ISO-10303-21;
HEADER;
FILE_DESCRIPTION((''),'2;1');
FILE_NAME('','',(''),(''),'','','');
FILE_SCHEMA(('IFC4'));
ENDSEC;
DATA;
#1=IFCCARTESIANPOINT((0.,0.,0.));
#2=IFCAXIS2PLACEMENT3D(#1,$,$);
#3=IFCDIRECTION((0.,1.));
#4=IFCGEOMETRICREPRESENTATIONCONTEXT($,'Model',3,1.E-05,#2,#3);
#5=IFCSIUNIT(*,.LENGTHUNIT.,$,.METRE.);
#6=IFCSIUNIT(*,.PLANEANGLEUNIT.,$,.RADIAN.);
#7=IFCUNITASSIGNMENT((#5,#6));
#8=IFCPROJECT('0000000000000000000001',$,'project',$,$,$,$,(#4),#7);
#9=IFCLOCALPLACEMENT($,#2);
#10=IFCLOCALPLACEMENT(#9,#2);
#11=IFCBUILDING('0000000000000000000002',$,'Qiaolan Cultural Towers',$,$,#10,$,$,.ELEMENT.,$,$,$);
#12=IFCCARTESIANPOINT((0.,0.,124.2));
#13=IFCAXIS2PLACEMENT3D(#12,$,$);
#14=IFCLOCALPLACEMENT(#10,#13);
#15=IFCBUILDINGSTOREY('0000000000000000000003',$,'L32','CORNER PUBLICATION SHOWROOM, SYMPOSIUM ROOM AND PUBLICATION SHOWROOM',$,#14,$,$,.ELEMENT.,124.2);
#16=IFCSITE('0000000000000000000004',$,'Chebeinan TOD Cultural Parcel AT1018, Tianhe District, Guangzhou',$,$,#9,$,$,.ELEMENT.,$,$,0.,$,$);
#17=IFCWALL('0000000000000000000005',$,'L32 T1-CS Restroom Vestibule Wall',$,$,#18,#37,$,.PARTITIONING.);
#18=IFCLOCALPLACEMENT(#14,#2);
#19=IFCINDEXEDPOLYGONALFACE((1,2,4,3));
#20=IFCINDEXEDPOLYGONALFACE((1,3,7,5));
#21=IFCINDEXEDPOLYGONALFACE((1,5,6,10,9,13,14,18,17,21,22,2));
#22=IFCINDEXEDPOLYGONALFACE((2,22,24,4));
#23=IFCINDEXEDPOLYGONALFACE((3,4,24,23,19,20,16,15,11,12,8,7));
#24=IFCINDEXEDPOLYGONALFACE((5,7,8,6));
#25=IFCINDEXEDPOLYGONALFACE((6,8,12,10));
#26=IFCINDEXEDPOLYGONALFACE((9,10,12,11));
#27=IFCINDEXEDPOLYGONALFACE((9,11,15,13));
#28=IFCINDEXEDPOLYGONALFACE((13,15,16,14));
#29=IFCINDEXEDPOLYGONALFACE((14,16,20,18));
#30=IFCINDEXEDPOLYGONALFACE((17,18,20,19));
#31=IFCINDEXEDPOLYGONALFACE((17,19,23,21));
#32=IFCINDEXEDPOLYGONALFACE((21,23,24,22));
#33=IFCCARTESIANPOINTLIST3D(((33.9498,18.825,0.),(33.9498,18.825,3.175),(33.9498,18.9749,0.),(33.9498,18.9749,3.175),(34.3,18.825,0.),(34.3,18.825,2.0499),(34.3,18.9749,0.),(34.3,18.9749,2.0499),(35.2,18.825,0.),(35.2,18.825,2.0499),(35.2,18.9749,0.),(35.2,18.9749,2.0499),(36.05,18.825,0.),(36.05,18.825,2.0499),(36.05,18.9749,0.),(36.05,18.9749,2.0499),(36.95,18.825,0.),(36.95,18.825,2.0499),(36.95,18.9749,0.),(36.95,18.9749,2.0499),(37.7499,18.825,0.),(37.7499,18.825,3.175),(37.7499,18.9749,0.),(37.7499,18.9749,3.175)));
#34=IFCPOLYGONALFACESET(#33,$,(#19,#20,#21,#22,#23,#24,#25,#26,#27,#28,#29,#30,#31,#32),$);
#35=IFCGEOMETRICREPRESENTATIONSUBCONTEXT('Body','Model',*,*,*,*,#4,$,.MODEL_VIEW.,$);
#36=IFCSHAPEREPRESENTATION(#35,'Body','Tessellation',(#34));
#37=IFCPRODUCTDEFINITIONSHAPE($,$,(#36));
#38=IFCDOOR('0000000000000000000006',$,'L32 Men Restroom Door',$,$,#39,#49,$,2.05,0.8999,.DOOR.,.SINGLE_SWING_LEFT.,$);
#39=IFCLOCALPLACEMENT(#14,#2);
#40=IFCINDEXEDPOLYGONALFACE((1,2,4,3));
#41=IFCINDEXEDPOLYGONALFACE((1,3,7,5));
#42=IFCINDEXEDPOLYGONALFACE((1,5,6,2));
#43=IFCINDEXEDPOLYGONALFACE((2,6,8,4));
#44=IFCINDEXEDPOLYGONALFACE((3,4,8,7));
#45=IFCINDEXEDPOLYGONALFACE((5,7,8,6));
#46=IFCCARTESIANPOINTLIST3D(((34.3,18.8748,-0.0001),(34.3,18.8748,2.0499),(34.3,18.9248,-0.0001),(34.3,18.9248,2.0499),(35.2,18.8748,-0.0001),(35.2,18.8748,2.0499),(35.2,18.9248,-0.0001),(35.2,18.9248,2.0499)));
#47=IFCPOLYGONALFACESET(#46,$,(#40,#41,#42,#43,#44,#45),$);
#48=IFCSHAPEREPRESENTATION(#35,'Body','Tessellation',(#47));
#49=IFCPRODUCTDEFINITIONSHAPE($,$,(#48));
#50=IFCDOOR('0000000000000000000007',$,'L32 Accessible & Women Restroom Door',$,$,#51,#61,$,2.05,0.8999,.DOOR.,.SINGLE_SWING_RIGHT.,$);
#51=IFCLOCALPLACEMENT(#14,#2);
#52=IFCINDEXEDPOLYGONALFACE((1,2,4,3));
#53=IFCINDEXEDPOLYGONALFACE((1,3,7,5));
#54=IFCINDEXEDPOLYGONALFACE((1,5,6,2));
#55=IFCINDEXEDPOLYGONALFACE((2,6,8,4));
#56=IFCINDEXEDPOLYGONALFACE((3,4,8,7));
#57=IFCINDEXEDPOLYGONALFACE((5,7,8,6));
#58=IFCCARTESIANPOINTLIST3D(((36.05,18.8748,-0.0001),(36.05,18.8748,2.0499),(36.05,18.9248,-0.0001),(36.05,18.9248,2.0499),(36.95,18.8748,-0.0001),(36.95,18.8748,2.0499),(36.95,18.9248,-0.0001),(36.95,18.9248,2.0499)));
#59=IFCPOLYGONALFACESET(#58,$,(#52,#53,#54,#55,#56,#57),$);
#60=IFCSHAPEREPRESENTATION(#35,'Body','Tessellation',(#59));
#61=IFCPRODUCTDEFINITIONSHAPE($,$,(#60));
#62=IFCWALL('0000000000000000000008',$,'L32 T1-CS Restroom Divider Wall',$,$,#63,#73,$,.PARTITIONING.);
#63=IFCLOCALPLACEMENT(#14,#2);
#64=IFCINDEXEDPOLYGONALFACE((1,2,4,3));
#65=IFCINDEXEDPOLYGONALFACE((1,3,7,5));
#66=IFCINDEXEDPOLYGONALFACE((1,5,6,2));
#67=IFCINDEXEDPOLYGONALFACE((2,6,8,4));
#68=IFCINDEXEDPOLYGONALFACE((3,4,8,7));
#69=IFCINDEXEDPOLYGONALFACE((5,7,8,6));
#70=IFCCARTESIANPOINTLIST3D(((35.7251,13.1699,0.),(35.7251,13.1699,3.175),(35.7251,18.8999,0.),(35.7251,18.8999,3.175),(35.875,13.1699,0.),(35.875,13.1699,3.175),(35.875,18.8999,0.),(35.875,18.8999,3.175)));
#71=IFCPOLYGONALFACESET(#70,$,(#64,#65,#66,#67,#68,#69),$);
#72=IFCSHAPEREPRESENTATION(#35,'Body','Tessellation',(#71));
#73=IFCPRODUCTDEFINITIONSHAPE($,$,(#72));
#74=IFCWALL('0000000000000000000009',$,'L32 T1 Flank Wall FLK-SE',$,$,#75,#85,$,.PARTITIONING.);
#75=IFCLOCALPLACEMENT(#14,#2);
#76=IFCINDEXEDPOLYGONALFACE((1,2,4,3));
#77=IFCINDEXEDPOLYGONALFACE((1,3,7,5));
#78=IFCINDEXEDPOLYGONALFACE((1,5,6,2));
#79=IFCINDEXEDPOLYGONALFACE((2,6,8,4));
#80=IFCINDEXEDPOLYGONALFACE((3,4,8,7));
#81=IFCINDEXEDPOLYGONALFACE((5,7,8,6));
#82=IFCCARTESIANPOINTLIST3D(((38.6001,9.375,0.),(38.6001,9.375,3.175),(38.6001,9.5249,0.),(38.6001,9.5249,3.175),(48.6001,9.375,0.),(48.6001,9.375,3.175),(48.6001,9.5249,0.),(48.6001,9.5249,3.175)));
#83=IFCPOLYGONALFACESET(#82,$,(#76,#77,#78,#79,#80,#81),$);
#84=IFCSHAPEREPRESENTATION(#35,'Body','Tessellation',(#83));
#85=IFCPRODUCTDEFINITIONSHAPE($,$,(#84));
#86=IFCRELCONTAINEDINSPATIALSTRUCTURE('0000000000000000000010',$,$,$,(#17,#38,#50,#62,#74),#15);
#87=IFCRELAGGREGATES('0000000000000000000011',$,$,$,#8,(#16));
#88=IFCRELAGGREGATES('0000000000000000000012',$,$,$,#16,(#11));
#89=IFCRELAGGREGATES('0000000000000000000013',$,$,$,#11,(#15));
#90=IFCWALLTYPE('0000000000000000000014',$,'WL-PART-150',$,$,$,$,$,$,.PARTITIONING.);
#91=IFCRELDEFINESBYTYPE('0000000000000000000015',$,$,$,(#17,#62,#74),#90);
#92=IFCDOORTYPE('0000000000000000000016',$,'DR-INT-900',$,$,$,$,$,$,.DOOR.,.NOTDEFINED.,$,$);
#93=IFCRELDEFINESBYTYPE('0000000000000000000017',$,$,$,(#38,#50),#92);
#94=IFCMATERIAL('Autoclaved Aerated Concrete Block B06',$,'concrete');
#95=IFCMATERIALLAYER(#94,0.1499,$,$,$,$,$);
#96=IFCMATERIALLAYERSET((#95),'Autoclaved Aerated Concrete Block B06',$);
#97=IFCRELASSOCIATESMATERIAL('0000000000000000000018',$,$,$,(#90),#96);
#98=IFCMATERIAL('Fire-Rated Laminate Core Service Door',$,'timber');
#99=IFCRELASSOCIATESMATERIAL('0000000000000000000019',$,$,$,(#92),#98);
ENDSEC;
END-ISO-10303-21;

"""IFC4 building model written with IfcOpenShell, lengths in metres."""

from ifc_helpers import new_model, si_unit, direction, frame, frame_2d, origin, place, context, subcontext, project, spatial, rectangle, extrude, material, layer, layer_set, type_object, element, fill, save


model = new_model("IFC4")

# Units and contexts
model_context = context("Model", 3, precision=1e-05, world=origin(), true_north=direction((0.0, 1.0)))
body_context = subcontext(model_context, "Body", "Model", "MODEL_VIEW")
ifc_project = project(units=[si_unit("LENGTHUNIT", "METRE"), si_unit("PLANEANGLEUNIT", "RADIAN")], contexts=[model_context])

# Site, building, storey
site_placement = place(None, origin())
site = spatial("IfcSite", under=ifc_project, at=site_placement, Name="Chebeinan TOD Cultural Parcel AT1018, Tianhe District, Guangzhou", CompositionType="ELEMENT", RefElevation=0.0)
building_placement = place(site_placement, origin())
building = spatial("IfcBuilding", under=site, at=building_placement, Name="Qiaolan Cultural Towers", CompositionType="ELEMENT")
storey_placement = place(building_placement, frame((0.0, 0.0, 124.2)))
storey = spatial("IfcBuildingStorey", under=building, at=storey_placement, Name="L32", Description="CORNER PUBLICATION SHOWROOM, SYMPOSIUM ROOM AND PUBLICATION SHOWROOM", CompositionType="ELEMENT", Elevation=124.2)

# Wall, openings, doors
ifc_material_1 = material(Name="Autoclaved Aerated Concrete Block B06", Category="concrete")
ifc_layer_1 = layer(ifc_material_1, 0.1499)
ifc_layer_set_1 = layer_set([ifc_layer_1], Name="Autoclaved Aerated Concrete Block B06")
wall_type_1 = type_object("IfcWallType", Name="WL-PART-150", PredefinedType="PARTITIONING", material=ifc_layer_set_1)
wall_1_placement = place(storey_placement, frame((33.95, 18.8999, 0.0), z_axis=(0.0, 0.0, 1.0), x_axis=(1.0, 0.0, 0.0)))
wall_1 = element("IfcWall", 1, at=wall_1_placement, inside=storey, type_object=wall_type_1, Name="L32 T1-CS Restroom Vestibule Wall", PredefinedType="PARTITIONING", context=body_context, shape_type="SweptSolid", body=[
    extrude(rectangle(XDim=3.8, YDim=0.1499, at=frame_2d((1.8999, 0.0))), origin(), (0.0, 0.0, 1.0), 3.175),
])
opening_1_placement = place(wall_1_placement, frame((0.3501, 0.0, 0.0)))
opening_1 = element("IfcOpeningElement", 2, at=opening_1_placement, cuts=wall_1, PredefinedType="OPENING", context=body_context, shape_type="SweptSolid", body=[
    extrude(rectangle(XDim=0.8999, YDim=2.05, at=frame_2d((0.45, 1.0249))), frame((0.0, 0.085, 0.0), z_axis=(0.0, -1.0, 0.0), x_axis=(1.0, 0.0, 0.0)), (0.0, 0.0, 1.0), 0.1699),
])
opening_2_placement = place(wall_1_placement, frame((2.1001, 0.0, 0.0)))
opening_2 = element("IfcOpeningElement", 3, at=opening_2_placement, cuts=wall_1, PredefinedType="OPENING", context=body_context, shape_type="SweptSolid", body=[
    extrude(rectangle(XDim=0.8999, YDim=2.05, at=frame_2d((0.45, 1.0249))), frame((0.0, 0.085, 0.0), z_axis=(0.0, -1.0, 0.0), x_axis=(1.0, 0.0, 0.0)), (0.0, 0.0, 1.0), 0.1699),
])
ifc_material_2 = material(Name="Fire-Rated Laminate Core Service Door", Category="timber")
door_type = type_object("IfcDoorType", Name="DR-INT-900", OperationType="NOTDEFINED", PredefinedType="DOOR", material=ifc_material_2)
door_1_placement = place(opening_1_placement, origin())
door_1 = element("IfcDoor", 4, at=door_1_placement, inside=storey, type_object=door_type, Name="L32 Men Restroom Door", OperationType="SINGLE_SWING_LEFT", OverallHeight=2.05, OverallWidth=0.8999, PredefinedType="DOOR", context=body_context, shape_type="SweptSolid", body=[
    extrude(rectangle(XDim=0.8999, YDim=2.05, at=frame_2d((0.45, 1.0249))), frame((0.0, 0.0249, 0.0), z_axis=(0.0, -1.0, 0.0), x_axis=(1.0, 0.0, 0.0)), (0.0, 0.0, 1.0), 0.05),
])
fill(opening_1, door_1)
door_2_placement = place(opening_2_placement, origin())
door_2 = element("IfcDoor", 5, at=door_2_placement, inside=storey, type_object=door_type, Name="L32 Accessible & Women Restroom Door", OperationType="SINGLE_SWING_RIGHT", OverallHeight=2.05, OverallWidth=0.8999, PredefinedType="DOOR", context=body_context, shape_type="SweptSolid", body=[
    extrude(rectangle(XDim=0.8999, YDim=2.05, at=frame_2d((0.45, 1.0249))), frame((0.0, 0.0249, 0.0), z_axis=(0.0, -1.0, 0.0), x_axis=(1.0, 0.0, 0.0)), (0.0, 0.0, 1.0), 0.05),
])
fill(opening_2, door_2)

# Walls
wall_2_placement = place(storey_placement, frame((35.8, 18.8999, 0.0), z_axis=(0.0, 0.0, 1.0), x_axis=(0.0, -1.0, 0.0)))
element("IfcWall", 6, at=wall_2_placement, inside=storey, type_object=wall_type_1, Name="L32 T1-CS Restroom Divider Wall", PredefinedType="PARTITIONING", context=body_context, shape_type="SweptSolid", body=[
    extrude(rectangle(XDim=5.73, YDim=0.1499, at=frame_2d((2.865, 0.0))), origin(), (0.0, 0.0, 1.0), 3.175),
])
wall_3_placement = place(storey_placement, frame((38.6001, 9.45, 0.0), z_axis=(0.0, 0.0, 1.0), x_axis=(1.0, 0.0, 0.0)))
element("IfcWall", 7, at=wall_3_placement, inside=storey, type_object=wall_type_1, Name="L32 T1 Flank Wall FLK-SE", PredefinedType="PARTITIONING", context=body_context, shape_type="SweptSolid", body=[
    extrude(rectangle(XDim=10.0, YDim=0.1499, at=frame_2d((5.0, 0.0))), origin(), (0.0, 0.0, 1.0), 3.175),
])

save(model, "model.ifc")
